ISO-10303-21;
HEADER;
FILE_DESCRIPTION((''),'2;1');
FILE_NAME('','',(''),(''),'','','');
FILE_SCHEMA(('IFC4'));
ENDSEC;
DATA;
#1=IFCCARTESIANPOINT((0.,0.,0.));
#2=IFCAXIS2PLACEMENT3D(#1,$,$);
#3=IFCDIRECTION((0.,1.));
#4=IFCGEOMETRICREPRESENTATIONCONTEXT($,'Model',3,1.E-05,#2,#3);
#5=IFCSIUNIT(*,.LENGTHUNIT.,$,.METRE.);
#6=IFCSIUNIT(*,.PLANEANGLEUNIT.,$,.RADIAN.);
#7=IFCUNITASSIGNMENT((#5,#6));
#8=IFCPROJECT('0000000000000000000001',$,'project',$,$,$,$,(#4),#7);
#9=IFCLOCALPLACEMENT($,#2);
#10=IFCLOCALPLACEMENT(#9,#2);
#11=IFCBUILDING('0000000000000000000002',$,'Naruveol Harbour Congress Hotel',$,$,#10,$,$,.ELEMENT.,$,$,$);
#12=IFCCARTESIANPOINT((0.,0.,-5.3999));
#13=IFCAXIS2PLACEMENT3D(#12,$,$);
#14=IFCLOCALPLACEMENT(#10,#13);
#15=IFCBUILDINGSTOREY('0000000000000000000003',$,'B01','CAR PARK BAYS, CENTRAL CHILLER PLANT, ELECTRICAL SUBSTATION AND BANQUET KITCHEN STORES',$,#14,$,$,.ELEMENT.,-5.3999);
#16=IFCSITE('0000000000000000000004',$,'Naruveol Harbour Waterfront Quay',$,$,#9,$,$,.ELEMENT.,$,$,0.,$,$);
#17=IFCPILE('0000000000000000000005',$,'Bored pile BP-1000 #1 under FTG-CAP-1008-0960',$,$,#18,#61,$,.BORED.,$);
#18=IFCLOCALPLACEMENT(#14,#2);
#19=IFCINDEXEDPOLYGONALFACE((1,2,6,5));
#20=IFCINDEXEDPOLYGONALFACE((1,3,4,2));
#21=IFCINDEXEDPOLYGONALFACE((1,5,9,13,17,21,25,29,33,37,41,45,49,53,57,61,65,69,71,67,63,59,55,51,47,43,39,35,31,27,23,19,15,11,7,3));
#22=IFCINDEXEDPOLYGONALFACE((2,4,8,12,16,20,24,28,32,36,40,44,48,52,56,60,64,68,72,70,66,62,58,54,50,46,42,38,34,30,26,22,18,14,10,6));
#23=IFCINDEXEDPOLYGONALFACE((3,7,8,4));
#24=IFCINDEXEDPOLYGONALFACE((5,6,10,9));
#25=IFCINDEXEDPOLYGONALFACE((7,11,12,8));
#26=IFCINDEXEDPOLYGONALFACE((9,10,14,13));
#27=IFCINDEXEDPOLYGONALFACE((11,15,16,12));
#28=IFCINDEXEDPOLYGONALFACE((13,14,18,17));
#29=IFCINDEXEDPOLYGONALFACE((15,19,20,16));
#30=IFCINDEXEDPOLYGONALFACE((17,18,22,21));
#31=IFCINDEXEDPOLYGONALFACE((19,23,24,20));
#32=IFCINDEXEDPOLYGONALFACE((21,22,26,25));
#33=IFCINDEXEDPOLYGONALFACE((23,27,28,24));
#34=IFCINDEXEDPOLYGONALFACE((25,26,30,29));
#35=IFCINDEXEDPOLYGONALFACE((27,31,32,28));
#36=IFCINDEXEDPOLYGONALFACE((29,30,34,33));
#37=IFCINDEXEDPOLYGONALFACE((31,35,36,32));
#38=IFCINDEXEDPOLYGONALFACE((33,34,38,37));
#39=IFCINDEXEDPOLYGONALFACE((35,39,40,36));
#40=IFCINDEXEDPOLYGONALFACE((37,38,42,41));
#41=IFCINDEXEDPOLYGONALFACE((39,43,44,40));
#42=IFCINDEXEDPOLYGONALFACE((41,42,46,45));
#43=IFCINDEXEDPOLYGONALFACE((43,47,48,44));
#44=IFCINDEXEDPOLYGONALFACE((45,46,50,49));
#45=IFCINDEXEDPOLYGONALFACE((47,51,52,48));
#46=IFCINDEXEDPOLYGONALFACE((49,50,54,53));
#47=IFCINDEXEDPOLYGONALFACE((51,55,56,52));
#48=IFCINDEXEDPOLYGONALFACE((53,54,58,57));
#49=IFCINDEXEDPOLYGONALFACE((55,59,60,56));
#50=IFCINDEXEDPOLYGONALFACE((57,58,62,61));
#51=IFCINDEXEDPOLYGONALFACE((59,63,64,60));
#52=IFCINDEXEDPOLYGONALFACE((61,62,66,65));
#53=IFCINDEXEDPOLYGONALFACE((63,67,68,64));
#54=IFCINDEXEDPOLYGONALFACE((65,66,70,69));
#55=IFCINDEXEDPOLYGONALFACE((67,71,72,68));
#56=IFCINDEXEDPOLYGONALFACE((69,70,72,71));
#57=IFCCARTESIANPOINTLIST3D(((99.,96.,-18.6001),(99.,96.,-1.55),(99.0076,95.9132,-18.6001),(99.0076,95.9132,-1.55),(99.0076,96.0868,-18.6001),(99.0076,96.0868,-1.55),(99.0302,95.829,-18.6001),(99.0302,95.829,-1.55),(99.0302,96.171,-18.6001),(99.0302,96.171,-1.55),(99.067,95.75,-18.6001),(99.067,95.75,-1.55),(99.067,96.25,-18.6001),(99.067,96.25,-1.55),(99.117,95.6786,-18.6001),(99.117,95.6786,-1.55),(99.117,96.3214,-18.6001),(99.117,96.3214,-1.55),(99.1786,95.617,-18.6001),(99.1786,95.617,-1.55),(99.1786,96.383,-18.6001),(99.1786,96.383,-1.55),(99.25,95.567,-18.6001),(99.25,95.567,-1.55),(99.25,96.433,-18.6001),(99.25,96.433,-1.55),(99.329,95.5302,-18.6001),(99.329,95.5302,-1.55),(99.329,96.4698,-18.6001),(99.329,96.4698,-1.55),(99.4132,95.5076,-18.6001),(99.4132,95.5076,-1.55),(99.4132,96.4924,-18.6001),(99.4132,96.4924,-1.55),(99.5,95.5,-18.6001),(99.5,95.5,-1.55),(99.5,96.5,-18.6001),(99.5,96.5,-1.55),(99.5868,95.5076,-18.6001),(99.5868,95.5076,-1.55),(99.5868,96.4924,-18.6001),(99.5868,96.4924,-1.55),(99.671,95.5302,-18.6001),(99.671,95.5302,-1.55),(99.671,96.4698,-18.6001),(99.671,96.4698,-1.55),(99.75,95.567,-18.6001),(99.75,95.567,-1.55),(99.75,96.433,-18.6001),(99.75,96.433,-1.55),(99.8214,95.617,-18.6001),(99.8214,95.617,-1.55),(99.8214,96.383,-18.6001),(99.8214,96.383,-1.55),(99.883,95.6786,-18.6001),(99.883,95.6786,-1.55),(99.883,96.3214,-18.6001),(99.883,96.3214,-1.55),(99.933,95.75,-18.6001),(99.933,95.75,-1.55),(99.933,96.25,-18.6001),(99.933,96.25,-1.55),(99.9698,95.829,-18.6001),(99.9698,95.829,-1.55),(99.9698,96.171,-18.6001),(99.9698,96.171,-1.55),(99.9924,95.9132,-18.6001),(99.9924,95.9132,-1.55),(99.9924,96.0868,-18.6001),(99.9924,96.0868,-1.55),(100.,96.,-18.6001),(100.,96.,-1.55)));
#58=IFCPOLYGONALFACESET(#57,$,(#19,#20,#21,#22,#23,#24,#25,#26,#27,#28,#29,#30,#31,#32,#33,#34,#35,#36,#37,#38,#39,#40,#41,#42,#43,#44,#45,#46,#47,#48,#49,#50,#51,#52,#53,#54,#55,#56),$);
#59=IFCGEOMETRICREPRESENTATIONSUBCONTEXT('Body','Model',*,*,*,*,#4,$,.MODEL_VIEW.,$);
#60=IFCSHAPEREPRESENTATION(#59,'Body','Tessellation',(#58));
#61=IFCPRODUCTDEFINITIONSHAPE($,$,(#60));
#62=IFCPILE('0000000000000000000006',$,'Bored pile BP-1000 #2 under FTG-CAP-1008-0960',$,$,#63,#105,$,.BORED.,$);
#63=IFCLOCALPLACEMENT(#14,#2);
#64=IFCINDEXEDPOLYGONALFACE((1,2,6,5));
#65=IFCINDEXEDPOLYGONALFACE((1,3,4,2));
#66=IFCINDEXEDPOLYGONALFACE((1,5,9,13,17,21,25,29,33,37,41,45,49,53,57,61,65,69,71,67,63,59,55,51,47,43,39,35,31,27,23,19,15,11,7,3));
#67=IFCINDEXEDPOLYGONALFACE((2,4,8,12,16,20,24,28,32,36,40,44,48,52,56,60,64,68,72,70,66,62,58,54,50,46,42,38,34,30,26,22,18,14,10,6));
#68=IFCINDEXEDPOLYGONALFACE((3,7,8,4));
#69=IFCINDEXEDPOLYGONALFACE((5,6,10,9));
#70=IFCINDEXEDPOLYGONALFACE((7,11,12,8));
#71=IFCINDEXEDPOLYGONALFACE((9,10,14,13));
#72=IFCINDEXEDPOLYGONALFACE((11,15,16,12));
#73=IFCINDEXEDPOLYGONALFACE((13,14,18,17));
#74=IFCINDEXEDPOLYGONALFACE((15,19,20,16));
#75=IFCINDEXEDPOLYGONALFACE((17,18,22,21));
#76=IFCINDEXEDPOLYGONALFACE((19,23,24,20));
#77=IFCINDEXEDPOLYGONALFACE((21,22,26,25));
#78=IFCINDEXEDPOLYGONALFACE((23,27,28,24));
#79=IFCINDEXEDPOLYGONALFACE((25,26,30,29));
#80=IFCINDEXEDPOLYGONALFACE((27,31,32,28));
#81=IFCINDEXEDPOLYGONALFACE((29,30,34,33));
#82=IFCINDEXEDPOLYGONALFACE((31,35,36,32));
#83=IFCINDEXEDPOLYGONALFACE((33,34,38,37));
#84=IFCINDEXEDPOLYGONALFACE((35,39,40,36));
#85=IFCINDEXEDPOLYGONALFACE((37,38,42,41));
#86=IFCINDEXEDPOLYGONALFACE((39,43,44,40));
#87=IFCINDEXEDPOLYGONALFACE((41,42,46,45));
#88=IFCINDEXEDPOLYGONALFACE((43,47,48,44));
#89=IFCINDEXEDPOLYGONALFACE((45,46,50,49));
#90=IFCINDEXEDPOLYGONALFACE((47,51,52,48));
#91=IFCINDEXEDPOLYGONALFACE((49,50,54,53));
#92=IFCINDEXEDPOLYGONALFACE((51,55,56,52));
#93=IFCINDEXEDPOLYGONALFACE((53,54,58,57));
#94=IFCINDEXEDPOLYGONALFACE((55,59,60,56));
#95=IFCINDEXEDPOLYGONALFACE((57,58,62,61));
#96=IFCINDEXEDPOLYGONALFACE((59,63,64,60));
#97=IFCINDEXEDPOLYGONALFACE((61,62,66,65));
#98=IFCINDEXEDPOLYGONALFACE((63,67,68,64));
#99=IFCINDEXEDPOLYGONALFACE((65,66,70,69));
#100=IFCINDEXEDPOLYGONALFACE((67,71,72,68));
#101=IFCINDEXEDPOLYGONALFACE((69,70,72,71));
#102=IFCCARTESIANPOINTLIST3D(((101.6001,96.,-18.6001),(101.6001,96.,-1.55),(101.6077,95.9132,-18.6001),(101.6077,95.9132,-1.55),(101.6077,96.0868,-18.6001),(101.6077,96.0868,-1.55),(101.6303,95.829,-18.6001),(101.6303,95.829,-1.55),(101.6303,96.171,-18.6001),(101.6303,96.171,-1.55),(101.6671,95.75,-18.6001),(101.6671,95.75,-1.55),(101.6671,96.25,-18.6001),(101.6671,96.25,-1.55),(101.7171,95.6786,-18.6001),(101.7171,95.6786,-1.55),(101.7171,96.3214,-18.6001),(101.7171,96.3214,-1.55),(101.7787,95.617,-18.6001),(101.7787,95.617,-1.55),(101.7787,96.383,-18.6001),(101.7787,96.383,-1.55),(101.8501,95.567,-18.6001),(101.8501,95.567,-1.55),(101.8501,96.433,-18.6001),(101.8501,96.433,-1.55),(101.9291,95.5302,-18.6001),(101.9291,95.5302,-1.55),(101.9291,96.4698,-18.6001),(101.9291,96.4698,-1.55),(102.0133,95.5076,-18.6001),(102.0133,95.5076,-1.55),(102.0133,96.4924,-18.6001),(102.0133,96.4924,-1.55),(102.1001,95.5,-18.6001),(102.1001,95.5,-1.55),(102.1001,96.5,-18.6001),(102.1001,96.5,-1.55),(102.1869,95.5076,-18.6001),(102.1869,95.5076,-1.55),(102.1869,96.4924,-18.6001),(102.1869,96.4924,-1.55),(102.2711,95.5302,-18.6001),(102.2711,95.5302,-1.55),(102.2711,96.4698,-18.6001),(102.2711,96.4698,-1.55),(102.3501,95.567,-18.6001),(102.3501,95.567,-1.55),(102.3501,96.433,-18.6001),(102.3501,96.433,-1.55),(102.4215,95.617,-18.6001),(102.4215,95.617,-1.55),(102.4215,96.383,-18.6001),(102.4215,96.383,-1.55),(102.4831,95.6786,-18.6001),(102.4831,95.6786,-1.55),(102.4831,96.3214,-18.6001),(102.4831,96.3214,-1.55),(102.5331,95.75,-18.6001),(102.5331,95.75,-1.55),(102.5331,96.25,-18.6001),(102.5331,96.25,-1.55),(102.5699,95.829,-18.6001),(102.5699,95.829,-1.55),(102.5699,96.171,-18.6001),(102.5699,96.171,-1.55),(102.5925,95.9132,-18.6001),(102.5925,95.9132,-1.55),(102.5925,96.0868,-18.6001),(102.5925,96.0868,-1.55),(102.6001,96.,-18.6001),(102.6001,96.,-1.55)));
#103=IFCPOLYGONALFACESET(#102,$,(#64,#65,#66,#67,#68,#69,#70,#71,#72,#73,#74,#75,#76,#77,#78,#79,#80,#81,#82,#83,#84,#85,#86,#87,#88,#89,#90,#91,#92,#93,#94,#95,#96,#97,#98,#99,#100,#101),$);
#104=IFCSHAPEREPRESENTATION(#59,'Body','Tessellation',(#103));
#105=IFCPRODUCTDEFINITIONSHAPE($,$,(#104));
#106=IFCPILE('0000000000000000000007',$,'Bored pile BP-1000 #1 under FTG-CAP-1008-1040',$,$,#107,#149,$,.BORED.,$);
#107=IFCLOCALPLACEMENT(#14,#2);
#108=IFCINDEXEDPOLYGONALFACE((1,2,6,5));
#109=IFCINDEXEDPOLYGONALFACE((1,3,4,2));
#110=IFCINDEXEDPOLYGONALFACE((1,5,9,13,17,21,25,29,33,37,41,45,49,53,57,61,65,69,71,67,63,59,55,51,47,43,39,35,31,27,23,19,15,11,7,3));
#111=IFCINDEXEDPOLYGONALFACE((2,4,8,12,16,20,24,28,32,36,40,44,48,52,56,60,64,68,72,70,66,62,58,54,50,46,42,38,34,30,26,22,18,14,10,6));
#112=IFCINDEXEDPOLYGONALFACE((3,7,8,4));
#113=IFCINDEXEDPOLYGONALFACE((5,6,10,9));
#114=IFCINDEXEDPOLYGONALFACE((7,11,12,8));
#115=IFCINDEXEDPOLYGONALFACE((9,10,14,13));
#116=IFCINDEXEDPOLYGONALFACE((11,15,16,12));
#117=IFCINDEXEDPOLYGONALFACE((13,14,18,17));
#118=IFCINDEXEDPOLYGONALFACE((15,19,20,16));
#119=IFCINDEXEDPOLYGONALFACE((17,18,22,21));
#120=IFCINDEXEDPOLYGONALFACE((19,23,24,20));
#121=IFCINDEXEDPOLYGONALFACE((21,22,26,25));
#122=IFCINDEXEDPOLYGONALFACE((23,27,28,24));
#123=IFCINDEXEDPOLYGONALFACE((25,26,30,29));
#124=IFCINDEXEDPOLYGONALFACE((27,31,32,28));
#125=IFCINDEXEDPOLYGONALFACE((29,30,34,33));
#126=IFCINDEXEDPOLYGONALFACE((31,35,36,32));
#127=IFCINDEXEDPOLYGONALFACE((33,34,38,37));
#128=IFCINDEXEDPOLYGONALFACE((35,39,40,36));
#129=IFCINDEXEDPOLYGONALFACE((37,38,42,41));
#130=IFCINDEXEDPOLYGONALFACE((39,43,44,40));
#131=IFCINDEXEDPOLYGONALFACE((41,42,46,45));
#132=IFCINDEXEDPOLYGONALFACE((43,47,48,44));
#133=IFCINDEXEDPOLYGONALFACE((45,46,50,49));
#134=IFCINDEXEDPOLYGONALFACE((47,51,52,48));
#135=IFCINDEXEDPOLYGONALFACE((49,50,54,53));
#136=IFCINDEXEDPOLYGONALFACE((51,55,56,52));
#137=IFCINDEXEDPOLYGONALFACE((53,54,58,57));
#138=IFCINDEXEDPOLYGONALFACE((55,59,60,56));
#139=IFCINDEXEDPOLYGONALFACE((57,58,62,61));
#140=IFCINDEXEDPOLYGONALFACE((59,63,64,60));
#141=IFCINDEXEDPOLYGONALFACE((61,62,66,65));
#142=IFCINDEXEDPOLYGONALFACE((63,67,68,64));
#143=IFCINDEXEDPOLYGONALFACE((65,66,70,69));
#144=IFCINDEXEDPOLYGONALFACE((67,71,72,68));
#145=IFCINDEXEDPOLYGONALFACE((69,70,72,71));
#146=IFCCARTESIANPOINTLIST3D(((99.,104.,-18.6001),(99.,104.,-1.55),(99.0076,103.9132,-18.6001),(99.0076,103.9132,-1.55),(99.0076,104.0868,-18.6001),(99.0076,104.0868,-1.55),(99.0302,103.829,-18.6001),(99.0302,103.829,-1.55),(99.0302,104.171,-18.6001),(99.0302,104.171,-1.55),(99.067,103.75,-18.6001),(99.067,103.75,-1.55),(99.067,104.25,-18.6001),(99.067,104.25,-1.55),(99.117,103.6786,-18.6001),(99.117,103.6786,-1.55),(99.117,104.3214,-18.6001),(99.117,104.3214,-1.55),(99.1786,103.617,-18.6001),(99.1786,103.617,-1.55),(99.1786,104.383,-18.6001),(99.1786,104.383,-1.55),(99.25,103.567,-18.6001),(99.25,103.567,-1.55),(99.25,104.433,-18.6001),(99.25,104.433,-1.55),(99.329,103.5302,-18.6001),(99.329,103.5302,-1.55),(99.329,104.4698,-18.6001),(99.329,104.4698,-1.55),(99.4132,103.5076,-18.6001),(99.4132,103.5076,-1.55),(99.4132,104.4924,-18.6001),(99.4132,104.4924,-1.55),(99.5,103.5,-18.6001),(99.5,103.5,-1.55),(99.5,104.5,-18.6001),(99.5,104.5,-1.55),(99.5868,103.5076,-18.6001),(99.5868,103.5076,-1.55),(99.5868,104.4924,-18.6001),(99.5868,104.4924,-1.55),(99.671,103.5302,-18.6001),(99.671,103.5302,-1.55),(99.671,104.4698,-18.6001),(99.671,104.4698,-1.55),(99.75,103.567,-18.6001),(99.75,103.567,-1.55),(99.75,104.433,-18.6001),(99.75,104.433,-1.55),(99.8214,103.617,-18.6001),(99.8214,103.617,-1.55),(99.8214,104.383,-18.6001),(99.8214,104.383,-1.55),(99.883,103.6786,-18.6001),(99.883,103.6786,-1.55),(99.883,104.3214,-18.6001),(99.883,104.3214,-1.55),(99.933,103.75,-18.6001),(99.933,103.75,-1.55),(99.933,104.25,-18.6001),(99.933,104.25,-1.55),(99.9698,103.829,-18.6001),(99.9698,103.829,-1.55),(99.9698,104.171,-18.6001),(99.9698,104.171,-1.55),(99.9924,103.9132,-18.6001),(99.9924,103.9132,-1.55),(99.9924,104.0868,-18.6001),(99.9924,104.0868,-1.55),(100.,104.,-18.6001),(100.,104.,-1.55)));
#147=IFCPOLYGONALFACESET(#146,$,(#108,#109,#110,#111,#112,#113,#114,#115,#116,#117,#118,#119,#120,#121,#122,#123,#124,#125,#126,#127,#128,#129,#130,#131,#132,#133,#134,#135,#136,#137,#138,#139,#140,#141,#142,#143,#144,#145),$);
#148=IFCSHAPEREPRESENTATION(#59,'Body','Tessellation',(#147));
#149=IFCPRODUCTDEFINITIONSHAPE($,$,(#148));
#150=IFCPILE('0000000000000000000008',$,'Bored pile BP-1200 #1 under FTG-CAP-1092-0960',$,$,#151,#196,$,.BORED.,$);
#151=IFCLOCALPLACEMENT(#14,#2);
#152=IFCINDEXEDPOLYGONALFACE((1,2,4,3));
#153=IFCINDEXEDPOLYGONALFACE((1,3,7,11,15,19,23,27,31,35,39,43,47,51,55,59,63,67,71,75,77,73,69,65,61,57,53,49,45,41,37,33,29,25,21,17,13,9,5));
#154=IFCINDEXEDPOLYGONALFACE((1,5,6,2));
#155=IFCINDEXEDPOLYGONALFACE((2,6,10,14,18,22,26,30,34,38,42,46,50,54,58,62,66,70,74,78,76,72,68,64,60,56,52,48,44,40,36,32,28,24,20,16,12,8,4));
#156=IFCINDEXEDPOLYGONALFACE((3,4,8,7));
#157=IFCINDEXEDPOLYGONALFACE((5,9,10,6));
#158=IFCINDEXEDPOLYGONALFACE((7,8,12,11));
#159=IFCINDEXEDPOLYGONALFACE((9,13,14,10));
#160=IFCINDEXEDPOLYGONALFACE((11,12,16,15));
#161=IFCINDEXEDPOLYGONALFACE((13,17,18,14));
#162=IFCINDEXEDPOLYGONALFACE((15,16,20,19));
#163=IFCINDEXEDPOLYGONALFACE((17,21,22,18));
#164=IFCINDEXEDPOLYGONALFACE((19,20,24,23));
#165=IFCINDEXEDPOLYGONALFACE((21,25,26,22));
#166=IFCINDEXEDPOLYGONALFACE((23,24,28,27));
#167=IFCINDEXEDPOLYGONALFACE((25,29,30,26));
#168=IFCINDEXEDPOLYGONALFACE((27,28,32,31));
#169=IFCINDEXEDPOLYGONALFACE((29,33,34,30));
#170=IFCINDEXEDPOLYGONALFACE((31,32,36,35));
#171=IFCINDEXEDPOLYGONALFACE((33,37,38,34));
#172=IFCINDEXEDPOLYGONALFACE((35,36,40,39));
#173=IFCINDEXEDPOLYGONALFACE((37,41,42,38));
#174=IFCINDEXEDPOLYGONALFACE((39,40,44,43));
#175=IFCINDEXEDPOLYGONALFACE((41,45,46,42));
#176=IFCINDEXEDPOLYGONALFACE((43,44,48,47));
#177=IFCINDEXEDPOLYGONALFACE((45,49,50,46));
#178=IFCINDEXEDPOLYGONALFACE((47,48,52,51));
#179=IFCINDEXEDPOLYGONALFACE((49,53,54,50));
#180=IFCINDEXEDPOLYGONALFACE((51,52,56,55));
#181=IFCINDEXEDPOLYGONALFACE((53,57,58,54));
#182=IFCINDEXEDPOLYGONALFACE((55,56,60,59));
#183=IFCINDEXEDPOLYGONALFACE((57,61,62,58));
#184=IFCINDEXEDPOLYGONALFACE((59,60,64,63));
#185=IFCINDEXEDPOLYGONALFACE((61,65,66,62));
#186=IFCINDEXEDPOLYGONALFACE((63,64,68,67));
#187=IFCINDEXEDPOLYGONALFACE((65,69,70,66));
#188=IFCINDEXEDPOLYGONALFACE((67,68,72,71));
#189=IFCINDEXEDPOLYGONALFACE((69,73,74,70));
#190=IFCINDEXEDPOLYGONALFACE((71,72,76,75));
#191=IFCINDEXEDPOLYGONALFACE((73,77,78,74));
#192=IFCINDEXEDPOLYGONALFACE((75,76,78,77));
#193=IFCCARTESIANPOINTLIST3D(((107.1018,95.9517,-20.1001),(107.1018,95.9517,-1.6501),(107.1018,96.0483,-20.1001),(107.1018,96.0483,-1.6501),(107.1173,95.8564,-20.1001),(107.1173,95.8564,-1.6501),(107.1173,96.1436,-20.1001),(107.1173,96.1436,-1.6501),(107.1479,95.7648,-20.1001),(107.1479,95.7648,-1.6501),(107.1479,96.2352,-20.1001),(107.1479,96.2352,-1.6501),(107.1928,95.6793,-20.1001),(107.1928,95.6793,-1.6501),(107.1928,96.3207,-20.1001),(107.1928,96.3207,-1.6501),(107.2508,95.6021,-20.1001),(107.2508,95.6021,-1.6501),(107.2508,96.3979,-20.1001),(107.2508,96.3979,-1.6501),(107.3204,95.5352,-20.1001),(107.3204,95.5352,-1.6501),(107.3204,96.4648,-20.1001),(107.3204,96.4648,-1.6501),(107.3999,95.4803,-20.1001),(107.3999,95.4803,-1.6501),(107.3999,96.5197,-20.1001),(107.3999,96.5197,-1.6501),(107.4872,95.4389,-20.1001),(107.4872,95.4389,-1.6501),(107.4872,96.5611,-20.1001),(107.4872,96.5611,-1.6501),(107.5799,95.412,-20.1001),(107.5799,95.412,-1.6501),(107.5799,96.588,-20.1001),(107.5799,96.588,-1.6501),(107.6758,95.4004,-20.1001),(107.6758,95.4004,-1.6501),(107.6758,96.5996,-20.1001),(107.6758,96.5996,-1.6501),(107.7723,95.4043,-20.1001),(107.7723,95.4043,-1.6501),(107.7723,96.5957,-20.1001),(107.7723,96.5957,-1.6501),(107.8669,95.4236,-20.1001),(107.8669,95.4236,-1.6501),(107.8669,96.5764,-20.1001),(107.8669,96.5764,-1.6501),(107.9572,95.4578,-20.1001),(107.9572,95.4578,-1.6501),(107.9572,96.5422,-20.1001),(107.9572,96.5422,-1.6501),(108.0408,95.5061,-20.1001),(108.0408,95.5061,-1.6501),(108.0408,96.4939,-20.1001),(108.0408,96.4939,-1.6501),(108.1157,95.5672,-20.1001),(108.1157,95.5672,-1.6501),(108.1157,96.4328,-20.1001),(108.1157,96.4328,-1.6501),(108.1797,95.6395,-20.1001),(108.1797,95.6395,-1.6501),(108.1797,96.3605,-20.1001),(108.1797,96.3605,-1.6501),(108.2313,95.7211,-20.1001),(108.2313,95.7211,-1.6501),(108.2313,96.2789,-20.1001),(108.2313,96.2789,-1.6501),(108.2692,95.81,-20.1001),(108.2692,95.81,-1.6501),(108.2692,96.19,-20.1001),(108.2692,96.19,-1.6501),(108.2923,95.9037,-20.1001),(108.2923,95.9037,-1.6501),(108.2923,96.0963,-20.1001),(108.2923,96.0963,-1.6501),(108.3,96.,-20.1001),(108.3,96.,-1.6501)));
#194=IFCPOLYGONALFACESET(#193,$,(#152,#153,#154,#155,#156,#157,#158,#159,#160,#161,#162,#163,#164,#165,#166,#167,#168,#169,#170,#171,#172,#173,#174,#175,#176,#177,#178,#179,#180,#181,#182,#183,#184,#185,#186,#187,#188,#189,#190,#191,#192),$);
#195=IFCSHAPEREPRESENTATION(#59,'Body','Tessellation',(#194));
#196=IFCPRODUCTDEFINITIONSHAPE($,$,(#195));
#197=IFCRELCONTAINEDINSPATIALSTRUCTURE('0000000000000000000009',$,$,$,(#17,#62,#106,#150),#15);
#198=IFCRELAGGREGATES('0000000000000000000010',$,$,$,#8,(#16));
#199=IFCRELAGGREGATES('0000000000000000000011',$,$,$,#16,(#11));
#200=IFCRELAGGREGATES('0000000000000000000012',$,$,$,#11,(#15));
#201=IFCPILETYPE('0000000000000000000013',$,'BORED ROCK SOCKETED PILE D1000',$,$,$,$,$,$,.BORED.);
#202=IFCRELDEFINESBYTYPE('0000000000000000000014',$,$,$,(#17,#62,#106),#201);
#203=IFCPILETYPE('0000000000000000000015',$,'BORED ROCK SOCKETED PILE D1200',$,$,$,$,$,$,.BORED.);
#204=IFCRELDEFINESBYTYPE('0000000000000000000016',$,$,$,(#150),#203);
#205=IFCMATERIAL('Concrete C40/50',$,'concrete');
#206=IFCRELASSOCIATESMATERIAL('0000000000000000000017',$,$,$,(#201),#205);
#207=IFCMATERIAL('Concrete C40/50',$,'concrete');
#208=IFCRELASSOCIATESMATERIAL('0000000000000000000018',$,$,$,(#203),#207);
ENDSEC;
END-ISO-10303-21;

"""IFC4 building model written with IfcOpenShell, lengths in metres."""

from ifc_helpers import new_model, si_unit, direction, frame, origin, origin_2d, place, context, subcontext, project, spatial, circle, extrude, material, material_profile, profile_set, type_object, element, save


model = new_model("IFC4")

# Units and contexts
model_context = context("Model", 3, precision=1e-05, world=origin(), true_north=direction((0.0, 1.0)))
body_context = subcontext(model_context, "Body", "Model", "MODEL_VIEW")
ifc_project = project(units=[si_unit("LENGTHUNIT", "METRE"), si_unit("PLANEANGLEUNIT", "RADIAN")], contexts=[model_context])

# Site, building, storey
site_placement = place(None, origin())
site = spatial("IfcSite", under=ifc_project, at=site_placement, Name="Naruveol Harbour Waterfront Quay", CompositionType="ELEMENT", RefElevation=0.0)
building_placement = place(site_placement, origin())
building = spatial("IfcBuilding", under=site, at=building_placement, Name="Naruveol Harbour Congress Hotel", CompositionType="ELEMENT")
storey_placement = place(building_placement, frame((0.0, 0.0, -5.3999)))
storey = spatial("IfcBuildingStorey", under=building, at=storey_placement, Name="B01", Description="CAR PARK BAYS, CENTRAL CHILLER PLANT, ELECTRICAL SUBSTATION AND BANQUET KITCHEN STORES", CompositionType="ELEMENT", Elevation=-5.3999)

# Piles
ifc_material_1 = material(Name="Concrete C40/50", Category="concrete")
ifc_material_profile_1 = material_profile(ifc_material_1, circle(Radius=0.5, at=origin_2d()), Name="BP-1000")
ifc_profile_set_1 = profile_set([ifc_material_profile_1], Name="Concrete C40/50")
pile_type_1 = type_object("IfcPileType", Name="BORED ROCK SOCKETED PILE D1000", PredefinedType="BORED", material=ifc_profile_set_1)
for number, where, z_axis, x_axis, name in (
    (1, (99.5, 96.0, -1.55), (0.0, 0.0, -1.0), (1.0, 0.0, 0.0), "Bored pile BP-1000 #1 under FTG-CAP-1008-0960"),
    (2, (102.1001, 96.0, -1.55), (0.0, 0.0, -1.0), (1.0, 0.0, 0.0), "Bored pile BP-1000 #2 under FTG-CAP-1008-0960"),
    (3, (99.5, 104.0, -1.55), (0.0, 0.0, -1.0), (1.0, 0.0, 0.0), "Bored pile BP-1000 #1 under FTG-CAP-1008-1040"),
):
    element("IfcPile", number, at=place(storey_placement, frame(where, z_axis=z_axis, x_axis=x_axis)), inside=storey, type_object=pile_type_1, Name=name, PredefinedType="BORED", context=body_context, shape_type="SweptSolid", body=[
        extrude(circle(Radius=0.5, at=origin_2d()), origin(), (0.0, 0.0, 1.0), 17.05),
    ])
ifc_material_2 = material(Name="Concrete C40/50", Category="concrete")
ifc_material_profile_2 = material_profile(ifc_material_2, circle(Radius=0.6001, at=origin_2d()), Name="BP-1200")
ifc_profile_set_2 = profile_set([ifc_material_profile_2], Name="Concrete C40/50")
pile_type_2 = type_object("IfcPileType", Name="BORED ROCK SOCKETED PILE D1200", PredefinedType="BORED", material=ifc_profile_set_2)
pile_placement = place(storey_placement, frame((107.7, 96.0, -1.6501), z_axis=(0.0, 0.0, -1.0), x_axis=(1.0, 0.0, 0.0)))
element("IfcPile", 4, at=pile_placement, inside=storey, type_object=pile_type_2, Name="Bored pile BP-1200 #1 under FTG-CAP-1092-0960", PredefinedType="BORED", context=body_context, shape_type="SweptSolid", body=[
    extrude(circle(Radius=0.6001, at=origin_2d()), origin(), (0.0, 0.0, 1.0), 18.45),
])

save(model, "model.ifc")
